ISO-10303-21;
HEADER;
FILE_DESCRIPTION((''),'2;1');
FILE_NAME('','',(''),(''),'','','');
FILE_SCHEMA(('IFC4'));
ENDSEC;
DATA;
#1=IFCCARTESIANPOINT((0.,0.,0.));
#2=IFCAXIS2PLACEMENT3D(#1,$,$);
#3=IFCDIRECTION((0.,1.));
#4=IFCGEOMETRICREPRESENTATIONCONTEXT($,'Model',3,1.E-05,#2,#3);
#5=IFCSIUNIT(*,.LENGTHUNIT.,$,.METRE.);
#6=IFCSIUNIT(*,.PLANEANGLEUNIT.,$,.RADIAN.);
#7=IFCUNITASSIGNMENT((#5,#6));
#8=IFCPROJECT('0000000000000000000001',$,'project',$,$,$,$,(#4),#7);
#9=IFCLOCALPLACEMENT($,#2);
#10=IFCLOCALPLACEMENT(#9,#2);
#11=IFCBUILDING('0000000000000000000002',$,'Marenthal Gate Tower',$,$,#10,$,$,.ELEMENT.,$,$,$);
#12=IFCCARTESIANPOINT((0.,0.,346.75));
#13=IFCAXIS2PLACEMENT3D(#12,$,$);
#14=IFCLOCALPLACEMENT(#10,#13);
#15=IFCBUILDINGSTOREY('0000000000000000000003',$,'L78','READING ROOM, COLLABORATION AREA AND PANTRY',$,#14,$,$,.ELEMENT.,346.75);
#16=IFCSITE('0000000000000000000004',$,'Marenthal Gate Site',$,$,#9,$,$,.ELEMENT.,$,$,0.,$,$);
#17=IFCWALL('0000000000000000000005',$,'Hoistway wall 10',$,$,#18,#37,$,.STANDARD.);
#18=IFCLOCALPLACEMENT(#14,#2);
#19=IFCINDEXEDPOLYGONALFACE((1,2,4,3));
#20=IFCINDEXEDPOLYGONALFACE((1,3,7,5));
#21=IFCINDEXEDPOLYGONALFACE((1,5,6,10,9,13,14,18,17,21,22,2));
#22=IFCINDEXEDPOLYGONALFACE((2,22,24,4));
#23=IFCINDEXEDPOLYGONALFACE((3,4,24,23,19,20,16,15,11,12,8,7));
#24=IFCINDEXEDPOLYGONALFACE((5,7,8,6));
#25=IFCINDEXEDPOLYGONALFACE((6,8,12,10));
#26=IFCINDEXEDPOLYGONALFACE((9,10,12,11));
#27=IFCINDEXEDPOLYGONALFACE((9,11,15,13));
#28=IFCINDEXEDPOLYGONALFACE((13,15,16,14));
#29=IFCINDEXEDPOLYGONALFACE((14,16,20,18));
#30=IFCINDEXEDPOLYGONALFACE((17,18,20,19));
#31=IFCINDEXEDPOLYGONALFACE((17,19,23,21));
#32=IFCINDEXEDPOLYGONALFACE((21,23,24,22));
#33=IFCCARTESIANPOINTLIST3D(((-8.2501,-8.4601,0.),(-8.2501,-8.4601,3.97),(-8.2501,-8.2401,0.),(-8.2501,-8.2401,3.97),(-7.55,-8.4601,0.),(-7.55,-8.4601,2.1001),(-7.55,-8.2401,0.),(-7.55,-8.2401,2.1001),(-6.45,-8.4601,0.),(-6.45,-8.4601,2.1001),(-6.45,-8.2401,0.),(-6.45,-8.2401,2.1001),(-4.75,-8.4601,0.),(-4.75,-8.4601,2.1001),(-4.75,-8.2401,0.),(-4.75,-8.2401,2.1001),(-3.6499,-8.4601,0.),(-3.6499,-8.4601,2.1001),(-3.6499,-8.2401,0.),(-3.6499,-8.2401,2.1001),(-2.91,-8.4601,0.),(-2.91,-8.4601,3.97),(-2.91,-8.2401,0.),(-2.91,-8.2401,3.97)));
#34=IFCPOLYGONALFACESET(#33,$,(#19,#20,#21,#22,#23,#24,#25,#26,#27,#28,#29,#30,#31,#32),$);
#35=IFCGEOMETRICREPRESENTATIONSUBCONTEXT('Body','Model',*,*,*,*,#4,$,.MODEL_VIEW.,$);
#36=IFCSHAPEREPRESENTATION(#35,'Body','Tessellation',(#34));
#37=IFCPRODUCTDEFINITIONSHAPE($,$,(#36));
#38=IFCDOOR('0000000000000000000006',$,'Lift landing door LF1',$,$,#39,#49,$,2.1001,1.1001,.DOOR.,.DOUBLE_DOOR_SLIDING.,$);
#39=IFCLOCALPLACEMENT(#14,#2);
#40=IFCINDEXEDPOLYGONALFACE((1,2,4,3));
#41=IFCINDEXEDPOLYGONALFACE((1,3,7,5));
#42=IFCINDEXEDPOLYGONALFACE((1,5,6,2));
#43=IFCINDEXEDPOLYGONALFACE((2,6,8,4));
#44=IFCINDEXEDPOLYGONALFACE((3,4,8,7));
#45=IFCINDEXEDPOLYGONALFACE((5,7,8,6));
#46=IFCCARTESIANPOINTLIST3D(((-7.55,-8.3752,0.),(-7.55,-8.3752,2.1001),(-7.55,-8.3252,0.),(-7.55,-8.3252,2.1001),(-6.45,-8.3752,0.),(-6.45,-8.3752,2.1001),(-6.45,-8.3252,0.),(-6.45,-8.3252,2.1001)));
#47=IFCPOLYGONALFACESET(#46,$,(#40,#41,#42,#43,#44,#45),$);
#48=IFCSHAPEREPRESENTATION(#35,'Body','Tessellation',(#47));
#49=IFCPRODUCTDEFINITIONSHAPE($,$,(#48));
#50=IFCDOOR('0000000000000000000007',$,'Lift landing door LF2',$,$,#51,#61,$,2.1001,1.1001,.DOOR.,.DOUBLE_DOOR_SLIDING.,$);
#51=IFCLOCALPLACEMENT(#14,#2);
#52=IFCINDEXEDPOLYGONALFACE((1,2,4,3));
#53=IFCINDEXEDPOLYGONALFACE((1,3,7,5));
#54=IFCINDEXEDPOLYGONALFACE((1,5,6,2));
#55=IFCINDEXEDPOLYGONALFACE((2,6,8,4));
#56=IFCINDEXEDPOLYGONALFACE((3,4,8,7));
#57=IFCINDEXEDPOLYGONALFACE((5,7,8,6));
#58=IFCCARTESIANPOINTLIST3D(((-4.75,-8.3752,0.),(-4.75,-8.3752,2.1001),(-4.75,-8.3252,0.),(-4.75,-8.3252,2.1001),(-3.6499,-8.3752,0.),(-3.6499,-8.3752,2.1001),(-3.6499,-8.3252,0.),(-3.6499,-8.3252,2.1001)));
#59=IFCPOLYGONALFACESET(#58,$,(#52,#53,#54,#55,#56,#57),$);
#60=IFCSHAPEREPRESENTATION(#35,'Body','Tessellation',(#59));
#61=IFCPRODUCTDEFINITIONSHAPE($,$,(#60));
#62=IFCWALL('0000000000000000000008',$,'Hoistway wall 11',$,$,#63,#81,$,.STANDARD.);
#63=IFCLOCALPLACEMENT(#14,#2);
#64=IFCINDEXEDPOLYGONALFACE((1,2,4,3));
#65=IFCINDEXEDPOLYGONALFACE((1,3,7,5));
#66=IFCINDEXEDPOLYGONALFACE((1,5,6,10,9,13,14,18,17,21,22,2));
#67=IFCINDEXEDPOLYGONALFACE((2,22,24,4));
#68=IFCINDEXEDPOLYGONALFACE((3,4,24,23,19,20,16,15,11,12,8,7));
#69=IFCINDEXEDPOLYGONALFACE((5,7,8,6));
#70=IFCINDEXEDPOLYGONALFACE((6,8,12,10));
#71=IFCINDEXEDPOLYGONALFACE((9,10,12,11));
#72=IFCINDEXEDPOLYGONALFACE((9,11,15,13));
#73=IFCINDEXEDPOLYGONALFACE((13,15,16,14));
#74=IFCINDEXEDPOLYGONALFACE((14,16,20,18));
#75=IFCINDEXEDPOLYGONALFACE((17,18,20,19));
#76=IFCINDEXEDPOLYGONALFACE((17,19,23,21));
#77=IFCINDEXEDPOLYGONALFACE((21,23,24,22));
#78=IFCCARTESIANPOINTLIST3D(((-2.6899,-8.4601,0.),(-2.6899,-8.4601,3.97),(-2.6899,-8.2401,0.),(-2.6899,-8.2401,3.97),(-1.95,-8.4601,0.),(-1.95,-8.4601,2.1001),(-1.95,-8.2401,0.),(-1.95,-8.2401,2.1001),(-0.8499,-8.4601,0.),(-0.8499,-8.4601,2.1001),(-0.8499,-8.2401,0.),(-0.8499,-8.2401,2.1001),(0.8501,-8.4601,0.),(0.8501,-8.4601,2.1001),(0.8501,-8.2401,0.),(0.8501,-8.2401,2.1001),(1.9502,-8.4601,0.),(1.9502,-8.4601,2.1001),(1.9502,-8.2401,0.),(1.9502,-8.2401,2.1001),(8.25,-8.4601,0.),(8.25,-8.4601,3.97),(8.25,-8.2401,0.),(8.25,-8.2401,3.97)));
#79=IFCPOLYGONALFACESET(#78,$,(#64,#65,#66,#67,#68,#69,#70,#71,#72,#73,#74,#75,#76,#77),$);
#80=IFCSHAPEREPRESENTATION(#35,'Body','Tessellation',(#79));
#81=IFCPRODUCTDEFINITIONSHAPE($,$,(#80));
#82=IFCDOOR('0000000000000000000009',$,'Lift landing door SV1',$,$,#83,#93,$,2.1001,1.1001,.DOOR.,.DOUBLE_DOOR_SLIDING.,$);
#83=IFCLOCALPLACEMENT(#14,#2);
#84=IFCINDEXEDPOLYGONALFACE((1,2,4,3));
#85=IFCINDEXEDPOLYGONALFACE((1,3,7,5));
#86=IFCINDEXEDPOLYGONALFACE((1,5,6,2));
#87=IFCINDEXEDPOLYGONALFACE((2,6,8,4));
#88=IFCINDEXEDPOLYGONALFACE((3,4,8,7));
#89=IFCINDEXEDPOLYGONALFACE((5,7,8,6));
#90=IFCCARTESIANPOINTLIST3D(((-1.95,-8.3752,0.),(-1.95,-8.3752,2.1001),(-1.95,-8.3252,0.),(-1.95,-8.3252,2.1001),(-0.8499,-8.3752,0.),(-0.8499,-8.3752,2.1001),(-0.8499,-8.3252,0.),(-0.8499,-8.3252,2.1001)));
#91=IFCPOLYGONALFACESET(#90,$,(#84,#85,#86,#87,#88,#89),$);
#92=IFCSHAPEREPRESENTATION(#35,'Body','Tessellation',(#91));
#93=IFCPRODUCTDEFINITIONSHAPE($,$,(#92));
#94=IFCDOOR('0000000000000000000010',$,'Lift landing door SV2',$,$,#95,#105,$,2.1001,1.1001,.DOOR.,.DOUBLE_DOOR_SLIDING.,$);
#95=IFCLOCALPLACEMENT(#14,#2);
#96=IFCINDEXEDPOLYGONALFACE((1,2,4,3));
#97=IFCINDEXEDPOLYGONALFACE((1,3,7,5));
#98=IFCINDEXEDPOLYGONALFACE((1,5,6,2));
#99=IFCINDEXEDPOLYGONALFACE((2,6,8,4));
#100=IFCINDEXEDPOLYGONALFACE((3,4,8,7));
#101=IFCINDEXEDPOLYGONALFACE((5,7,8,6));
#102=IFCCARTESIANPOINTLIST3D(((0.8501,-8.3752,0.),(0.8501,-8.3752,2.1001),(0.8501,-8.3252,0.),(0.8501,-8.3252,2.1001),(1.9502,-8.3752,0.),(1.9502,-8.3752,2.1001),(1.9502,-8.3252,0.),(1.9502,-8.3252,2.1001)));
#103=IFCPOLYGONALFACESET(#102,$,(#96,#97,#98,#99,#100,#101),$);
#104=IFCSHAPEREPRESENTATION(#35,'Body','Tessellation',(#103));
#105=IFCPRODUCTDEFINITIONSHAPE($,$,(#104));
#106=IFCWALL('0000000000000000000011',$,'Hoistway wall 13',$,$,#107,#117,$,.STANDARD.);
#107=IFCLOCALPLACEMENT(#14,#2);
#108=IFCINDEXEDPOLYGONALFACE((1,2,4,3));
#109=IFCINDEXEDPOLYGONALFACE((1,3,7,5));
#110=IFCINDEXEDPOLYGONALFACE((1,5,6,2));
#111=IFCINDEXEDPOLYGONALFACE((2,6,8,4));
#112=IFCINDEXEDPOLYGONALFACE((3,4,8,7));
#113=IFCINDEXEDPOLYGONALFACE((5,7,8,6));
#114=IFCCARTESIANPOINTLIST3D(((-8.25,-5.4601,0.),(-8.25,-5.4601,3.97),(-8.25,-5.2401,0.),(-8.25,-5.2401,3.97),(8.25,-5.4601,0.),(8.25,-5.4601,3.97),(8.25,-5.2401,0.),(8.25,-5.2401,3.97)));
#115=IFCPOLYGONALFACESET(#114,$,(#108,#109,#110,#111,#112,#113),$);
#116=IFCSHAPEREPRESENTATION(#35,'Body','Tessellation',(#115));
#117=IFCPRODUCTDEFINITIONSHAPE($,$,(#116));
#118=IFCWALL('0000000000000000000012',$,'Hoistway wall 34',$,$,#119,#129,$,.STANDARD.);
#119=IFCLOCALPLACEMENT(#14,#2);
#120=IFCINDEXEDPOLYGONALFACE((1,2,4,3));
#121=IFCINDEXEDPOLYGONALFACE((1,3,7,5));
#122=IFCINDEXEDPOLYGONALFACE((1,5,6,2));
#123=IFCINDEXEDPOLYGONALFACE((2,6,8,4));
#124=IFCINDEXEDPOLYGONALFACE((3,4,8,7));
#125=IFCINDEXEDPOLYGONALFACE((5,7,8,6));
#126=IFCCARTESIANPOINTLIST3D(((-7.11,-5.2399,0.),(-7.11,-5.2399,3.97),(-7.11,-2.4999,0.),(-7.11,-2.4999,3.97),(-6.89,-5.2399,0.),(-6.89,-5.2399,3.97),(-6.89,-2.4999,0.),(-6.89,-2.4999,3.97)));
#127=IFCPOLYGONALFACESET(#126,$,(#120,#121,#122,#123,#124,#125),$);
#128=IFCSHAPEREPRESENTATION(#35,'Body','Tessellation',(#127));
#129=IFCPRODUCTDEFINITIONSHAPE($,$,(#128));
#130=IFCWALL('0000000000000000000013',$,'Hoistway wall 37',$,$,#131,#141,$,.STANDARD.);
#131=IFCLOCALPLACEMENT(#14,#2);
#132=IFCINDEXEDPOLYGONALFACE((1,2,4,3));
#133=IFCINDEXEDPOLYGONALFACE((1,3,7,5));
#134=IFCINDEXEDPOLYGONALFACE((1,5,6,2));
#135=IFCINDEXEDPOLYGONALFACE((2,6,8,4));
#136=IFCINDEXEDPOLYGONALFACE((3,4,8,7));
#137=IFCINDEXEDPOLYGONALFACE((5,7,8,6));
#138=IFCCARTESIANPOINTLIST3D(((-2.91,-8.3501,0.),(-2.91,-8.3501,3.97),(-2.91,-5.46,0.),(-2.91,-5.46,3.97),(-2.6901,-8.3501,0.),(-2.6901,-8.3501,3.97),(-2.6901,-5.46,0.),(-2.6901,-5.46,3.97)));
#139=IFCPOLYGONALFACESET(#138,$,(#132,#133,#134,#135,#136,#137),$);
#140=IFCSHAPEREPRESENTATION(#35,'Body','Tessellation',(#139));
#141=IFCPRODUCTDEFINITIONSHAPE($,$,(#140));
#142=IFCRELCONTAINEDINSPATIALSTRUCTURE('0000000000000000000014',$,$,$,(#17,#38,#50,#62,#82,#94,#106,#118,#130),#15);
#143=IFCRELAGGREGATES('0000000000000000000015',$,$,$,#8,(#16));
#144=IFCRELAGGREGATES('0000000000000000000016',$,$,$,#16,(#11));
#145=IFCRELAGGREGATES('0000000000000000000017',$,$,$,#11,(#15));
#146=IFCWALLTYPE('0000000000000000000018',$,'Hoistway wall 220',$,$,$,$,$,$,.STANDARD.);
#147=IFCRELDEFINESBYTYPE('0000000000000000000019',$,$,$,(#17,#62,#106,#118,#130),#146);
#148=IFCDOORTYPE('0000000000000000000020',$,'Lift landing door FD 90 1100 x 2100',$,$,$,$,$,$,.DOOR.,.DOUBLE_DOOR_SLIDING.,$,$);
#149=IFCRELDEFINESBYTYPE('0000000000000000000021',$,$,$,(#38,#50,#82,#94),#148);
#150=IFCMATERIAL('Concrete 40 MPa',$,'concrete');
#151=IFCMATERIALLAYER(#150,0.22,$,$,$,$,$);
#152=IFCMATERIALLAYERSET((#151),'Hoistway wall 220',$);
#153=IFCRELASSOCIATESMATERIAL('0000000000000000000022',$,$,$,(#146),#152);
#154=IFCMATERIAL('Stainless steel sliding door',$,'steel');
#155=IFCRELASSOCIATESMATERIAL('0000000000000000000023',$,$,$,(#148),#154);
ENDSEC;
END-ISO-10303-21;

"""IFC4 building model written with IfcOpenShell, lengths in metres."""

from ifc_helpers import new_model, si_unit, direction, frame, frame_2d, origin, place, context, subcontext, project, spatial, rectangle, extrude, material, layer, layer_set, type_object, element, fill, save


model = new_model("IFC4")

# Units and contexts
model_context = context("Model", 3, precision=1e-05, world=origin(), true_north=direction((0.0, 1.0)))
body_context = subcontext(model_context, "Body", "Model", "MODEL_VIEW")
ifc_project = project(units=[si_unit("LENGTHUNIT", "METRE"), si_unit("PLANEANGLEUNIT", "RADIAN")], contexts=[model_context])

# Site, building, storey
site_placement = place(None, origin())
site = spatial("IfcSite", under=ifc_project, at=site_placement, Name="Marenthal Gate Site", CompositionType="ELEMENT", RefElevation=0.0)
building_placement = place(site_placement, origin())
building = spatial("IfcBuilding", under=site, at=building_placement, Name="Marenthal Gate Tower", CompositionType="ELEMENT")
storey_placement = place(building_placement, frame((0.0, 0.0, 346.75)))
storey = spatial("IfcBuildingStorey", under=building, at=storey_placement, Name="L78", Description="READING ROOM, COLLABORATION AREA AND PANTRY", CompositionType="ELEMENT", Elevation=346.75)

# Walls, openings, doors
ifc_material_1 = material(Name="Concrete 40 MPa", Category="concrete")
ifc_layer_1 = layer(ifc_material_1, 0.22)
ifc_layer_set_1 = layer_set([ifc_layer_1], Name="Hoistway wall 220")
wall_type_1 = type_object("IfcWallType", Name="Hoistway wall 220", PredefinedType="STANDARD", material=ifc_layer_set_1)
wall_1_placement = place(storey_placement, frame((-8.25, -8.3501, 0.0), z_axis=(0.0, 0.0, 1.0), x_axis=(1.0, 0.0, 0.0)))
wall_1 = element("IfcWall", 1, at=wall_1_placement, inside=storey, type_object=wall_type_1, Name="Hoistway wall 10", PredefinedType="STANDARD", context=body_context, shape_type="SweptSolid", body=[
    extrude(rectangle(XDim=5.3401, YDim=0.22, at=frame_2d((2.6699, 0.0))), origin(), (0.0, 0.0, 1.0), 3.97),
])
opening_1_placement = place(wall_1_placement, frame((0.7, 0.0, 0.0)))
opening_1 = element("IfcOpeningElement", 2, at=opening_1_placement, cuts=wall_1, PredefinedType="OPENING", context=body_context, shape_type="SweptSolid", body=[
    extrude(rectangle(XDim=1.1001, YDim=2.1001, at=frame_2d((0.55, 1.05))), frame((0.0, 0.1201, 0.0), z_axis=(0.0, -1.0, 0.0), x_axis=(1.0, 0.0, 0.0)), (0.0, 0.0, 1.0), 0.24),
])
opening_2_placement = place(wall_1_placement, frame((3.5, 0.0, 0.0)))
opening_2 = element("IfcOpeningElement", 3, at=opening_2_placement, cuts=wall_1, PredefinedType="OPENING", context=body_context, shape_type="SweptSolid", body=[
    extrude(rectangle(XDim=1.1001, YDim=2.1001, at=frame_2d((0.55, 1.05))), frame((0.0, 0.1201, 0.0), z_axis=(0.0, -1.0, 0.0), x_axis=(1.0, 0.0, 0.0)), (0.0, 0.0, 1.0), 0.24),
])
ifc_material_2 = material(Name="Stainless steel sliding door", Category="steel")
door_type = type_object("IfcDoorType", Name="Lift landing door FD 90 1100 x 2100", OperationType="DOUBLE_DOOR_SLIDING", PredefinedType="DOOR", material=ifc_material_2)
door_1_placement = place(opening_1_placement, origin())
door_1 = element("IfcDoor", 4, at=door_1_placement, inside=storey, type_object=door_type, Name="Lift landing door LF1", OperationType="DOUBLE_DOOR_SLIDING", OverallHeight=2.1001, OverallWidth=1.1001, PredefinedType="DOOR", context=body_context, shape_type="SweptSolid", body=[
    extrude(rectangle(XDim=1.1001, YDim=2.1001, at=frame_2d((0.55, 1.05))), frame((0.0, 0.0249, 0.0), z_axis=(0.0, -1.0, 0.0), x_axis=(1.0, 0.0, 0.0)), (0.0, 0.0, 1.0), 0.05),
])
fill(opening_1, door_1)
door_2_placement = place(opening_2_placement, origin())
door_2 = element("IfcDoor", 5, at=door_2_placement, inside=storey, type_object=door_type, Name="Lift landing door LF2", OperationType="DOUBLE_DOOR_SLIDING", OverallHeight=2.1001, OverallWidth=1.1001, PredefinedType="DOOR", context=body_context, shape_type="SweptSolid", body=[
    extrude(rectangle(XDim=1.1001, YDim=2.1001, at=frame_2d((0.55, 1.05))), frame((0.0, 0.0249, 0.0), z_axis=(0.0, -1.0, 0.0), x_axis=(1.0, 0.0, 0.0)), (0.0, 0.0, 1.0), 0.05),
])
fill(opening_2, door_2)
wall_2_placement = place(storey_placement, frame((-2.6899, -8.3501, 0.0), z_axis=(0.0, 0.0, 1.0), x_axis=(1.0, 0.0, 0.0)))
wall_2 = element("IfcWall", 6, at=wall_2_placement, inside=storey, type_object=wall_type_1, Name="Hoistway wall 11", PredefinedType="STANDARD", context=body_context, shape_type="SweptSolid", body=[
    extrude(rectangle(XDim=10.9399, YDim=0.22, at=frame_2d((5.47, 0.0))), origin(), (0.0, 0.0, 1.0), 3.97),
])
opening_3_placement = place(wall_2_placement, frame((0.74, 0.0, 0.0)))
opening_3 = element("IfcOpeningElement", 7, at=opening_3_placement, cuts=wall_2, PredefinedType="OPENING", context=body_context, shape_type="SweptSolid", body=[
    extrude(rectangle(XDim=1.1001, YDim=2.1001, at=frame_2d((0.55, 1.05))), frame((0.0, 0.1201, 0.0), z_axis=(0.0, -1.0, 0.0), x_axis=(1.0, 0.0, 0.0)), (0.0, 0.0, 1.0), 0.24),
])
opening_4_placement = place(wall_2_placement, frame((3.54, 0.0, 0.0)))
opening_4 = element("IfcOpeningElement", 8, at=opening_4_placement, cuts=wall_2, PredefinedType="OPENING", context=body_context, shape_type="SweptSolid", body=[
    extrude(rectangle(XDim=1.1001, YDim=2.1001, at=frame_2d((0.55, 1.05))), frame((0.0, 0.1201, 0.0), z_axis=(0.0, -1.0, 0.0), x_axis=(1.0, 0.0, 0.0)), (0.0, 0.0, 1.0), 0.24),
])
door_3_placement = place(opening_3_placement, origin())
door_3 = element("IfcDoor", 9, at=door_3_placement, inside=storey, type_object=door_type, Name="Lift landing door SV1", OperationType="DOUBLE_DOOR_SLIDING", OverallHeight=2.1001, OverallWidth=1.1001, PredefinedType="DOOR", context=body_context, shape_type="SweptSolid", body=[
    extrude(rectangle(XDim=1.1001, YDim=2.1001, at=frame_2d((0.55, 1.05))), frame((0.0, 0.0249, 0.0), z_axis=(0.0, -1.0, 0.0), x_axis=(1.0, 0.0, 0.0)), (0.0, 0.0, 1.0), 0.05),
])
fill(opening_3, door_3)
door_4_placement = place(opening_4_placement, origin())
door_4 = element("IfcDoor", 10, at=door_4_placement, inside=storey, type_object=door_type, Name="Lift landing door SV2", OperationType="DOUBLE_DOOR_SLIDING", OverallHeight=2.1001, OverallWidth=1.1001, PredefinedType="DOOR", context=body_context, shape_type="SweptSolid", body=[
    extrude(rectangle(XDim=1.1001, YDim=2.1001, at=frame_2d((0.55, 1.05))), frame((0.0, 0.0249, 0.0), z_axis=(0.0, -1.0, 0.0), x_axis=(1.0, 0.0, 0.0)), (0.0, 0.0, 1.0), 0.05),
])
fill(opening_4, door_4)

# Walls
wall_3_placement = place(storey_placement, frame((-8.25, -5.3501, 0.0), z_axis=(0.0, 0.0, 1.0), x_axis=(1.0, 0.0, 0.0)))
element("IfcWall", 11, at=wall_3_placement, inside=storey, type_object=wall_type_1, Name="Hoistway wall 13", PredefinedType="STANDARD", context=body_context, shape_type="SweptSolid", body=[
    extrude(rectangle(XDim=16.5, YDim=0.22, at=frame_2d((8.25, 0.0))), origin(), (0.0, 0.0, 1.0), 3.97),
])
wall_4_placement = place(storey_placement, frame((-7.0, -5.24, 0.0), z_axis=(0.0, 0.0, 1.0), x_axis=(0.0, 1.0, 0.0)))
element("IfcWall", 12, at=wall_4_placement, inside=storey, type_object=wall_type_1, Name="Hoistway wall 34", PredefinedType="STANDARD", context=body_context, shape_type="SweptSolid", body=[
    extrude(rectangle(XDim=2.74, YDim=0.22, at=frame_2d((1.3701, 0.0))), origin(), (0.0, 0.0, 1.0), 3.97),
])
wall_5_placement = place(storey_placement, frame((-2.8, -8.3501, 0.0), z_axis=(0.0, 0.0, 1.0), x_axis=(0.0, 1.0, 0.0)))
element("IfcWall", 13, at=wall_5_placement, inside=storey, type_object=wall_type_1, Name="Hoistway wall 37", PredefinedType="STANDARD", context=body_context, shape_type="SweptSolid", body=[
    extrude(rectangle(XDim=2.8901, YDim=0.22, at=frame_2d((1.4451, 0.0))), origin(), (0.0, 0.0, 1.0), 3.97),
])

save(model, "model.ifc")
